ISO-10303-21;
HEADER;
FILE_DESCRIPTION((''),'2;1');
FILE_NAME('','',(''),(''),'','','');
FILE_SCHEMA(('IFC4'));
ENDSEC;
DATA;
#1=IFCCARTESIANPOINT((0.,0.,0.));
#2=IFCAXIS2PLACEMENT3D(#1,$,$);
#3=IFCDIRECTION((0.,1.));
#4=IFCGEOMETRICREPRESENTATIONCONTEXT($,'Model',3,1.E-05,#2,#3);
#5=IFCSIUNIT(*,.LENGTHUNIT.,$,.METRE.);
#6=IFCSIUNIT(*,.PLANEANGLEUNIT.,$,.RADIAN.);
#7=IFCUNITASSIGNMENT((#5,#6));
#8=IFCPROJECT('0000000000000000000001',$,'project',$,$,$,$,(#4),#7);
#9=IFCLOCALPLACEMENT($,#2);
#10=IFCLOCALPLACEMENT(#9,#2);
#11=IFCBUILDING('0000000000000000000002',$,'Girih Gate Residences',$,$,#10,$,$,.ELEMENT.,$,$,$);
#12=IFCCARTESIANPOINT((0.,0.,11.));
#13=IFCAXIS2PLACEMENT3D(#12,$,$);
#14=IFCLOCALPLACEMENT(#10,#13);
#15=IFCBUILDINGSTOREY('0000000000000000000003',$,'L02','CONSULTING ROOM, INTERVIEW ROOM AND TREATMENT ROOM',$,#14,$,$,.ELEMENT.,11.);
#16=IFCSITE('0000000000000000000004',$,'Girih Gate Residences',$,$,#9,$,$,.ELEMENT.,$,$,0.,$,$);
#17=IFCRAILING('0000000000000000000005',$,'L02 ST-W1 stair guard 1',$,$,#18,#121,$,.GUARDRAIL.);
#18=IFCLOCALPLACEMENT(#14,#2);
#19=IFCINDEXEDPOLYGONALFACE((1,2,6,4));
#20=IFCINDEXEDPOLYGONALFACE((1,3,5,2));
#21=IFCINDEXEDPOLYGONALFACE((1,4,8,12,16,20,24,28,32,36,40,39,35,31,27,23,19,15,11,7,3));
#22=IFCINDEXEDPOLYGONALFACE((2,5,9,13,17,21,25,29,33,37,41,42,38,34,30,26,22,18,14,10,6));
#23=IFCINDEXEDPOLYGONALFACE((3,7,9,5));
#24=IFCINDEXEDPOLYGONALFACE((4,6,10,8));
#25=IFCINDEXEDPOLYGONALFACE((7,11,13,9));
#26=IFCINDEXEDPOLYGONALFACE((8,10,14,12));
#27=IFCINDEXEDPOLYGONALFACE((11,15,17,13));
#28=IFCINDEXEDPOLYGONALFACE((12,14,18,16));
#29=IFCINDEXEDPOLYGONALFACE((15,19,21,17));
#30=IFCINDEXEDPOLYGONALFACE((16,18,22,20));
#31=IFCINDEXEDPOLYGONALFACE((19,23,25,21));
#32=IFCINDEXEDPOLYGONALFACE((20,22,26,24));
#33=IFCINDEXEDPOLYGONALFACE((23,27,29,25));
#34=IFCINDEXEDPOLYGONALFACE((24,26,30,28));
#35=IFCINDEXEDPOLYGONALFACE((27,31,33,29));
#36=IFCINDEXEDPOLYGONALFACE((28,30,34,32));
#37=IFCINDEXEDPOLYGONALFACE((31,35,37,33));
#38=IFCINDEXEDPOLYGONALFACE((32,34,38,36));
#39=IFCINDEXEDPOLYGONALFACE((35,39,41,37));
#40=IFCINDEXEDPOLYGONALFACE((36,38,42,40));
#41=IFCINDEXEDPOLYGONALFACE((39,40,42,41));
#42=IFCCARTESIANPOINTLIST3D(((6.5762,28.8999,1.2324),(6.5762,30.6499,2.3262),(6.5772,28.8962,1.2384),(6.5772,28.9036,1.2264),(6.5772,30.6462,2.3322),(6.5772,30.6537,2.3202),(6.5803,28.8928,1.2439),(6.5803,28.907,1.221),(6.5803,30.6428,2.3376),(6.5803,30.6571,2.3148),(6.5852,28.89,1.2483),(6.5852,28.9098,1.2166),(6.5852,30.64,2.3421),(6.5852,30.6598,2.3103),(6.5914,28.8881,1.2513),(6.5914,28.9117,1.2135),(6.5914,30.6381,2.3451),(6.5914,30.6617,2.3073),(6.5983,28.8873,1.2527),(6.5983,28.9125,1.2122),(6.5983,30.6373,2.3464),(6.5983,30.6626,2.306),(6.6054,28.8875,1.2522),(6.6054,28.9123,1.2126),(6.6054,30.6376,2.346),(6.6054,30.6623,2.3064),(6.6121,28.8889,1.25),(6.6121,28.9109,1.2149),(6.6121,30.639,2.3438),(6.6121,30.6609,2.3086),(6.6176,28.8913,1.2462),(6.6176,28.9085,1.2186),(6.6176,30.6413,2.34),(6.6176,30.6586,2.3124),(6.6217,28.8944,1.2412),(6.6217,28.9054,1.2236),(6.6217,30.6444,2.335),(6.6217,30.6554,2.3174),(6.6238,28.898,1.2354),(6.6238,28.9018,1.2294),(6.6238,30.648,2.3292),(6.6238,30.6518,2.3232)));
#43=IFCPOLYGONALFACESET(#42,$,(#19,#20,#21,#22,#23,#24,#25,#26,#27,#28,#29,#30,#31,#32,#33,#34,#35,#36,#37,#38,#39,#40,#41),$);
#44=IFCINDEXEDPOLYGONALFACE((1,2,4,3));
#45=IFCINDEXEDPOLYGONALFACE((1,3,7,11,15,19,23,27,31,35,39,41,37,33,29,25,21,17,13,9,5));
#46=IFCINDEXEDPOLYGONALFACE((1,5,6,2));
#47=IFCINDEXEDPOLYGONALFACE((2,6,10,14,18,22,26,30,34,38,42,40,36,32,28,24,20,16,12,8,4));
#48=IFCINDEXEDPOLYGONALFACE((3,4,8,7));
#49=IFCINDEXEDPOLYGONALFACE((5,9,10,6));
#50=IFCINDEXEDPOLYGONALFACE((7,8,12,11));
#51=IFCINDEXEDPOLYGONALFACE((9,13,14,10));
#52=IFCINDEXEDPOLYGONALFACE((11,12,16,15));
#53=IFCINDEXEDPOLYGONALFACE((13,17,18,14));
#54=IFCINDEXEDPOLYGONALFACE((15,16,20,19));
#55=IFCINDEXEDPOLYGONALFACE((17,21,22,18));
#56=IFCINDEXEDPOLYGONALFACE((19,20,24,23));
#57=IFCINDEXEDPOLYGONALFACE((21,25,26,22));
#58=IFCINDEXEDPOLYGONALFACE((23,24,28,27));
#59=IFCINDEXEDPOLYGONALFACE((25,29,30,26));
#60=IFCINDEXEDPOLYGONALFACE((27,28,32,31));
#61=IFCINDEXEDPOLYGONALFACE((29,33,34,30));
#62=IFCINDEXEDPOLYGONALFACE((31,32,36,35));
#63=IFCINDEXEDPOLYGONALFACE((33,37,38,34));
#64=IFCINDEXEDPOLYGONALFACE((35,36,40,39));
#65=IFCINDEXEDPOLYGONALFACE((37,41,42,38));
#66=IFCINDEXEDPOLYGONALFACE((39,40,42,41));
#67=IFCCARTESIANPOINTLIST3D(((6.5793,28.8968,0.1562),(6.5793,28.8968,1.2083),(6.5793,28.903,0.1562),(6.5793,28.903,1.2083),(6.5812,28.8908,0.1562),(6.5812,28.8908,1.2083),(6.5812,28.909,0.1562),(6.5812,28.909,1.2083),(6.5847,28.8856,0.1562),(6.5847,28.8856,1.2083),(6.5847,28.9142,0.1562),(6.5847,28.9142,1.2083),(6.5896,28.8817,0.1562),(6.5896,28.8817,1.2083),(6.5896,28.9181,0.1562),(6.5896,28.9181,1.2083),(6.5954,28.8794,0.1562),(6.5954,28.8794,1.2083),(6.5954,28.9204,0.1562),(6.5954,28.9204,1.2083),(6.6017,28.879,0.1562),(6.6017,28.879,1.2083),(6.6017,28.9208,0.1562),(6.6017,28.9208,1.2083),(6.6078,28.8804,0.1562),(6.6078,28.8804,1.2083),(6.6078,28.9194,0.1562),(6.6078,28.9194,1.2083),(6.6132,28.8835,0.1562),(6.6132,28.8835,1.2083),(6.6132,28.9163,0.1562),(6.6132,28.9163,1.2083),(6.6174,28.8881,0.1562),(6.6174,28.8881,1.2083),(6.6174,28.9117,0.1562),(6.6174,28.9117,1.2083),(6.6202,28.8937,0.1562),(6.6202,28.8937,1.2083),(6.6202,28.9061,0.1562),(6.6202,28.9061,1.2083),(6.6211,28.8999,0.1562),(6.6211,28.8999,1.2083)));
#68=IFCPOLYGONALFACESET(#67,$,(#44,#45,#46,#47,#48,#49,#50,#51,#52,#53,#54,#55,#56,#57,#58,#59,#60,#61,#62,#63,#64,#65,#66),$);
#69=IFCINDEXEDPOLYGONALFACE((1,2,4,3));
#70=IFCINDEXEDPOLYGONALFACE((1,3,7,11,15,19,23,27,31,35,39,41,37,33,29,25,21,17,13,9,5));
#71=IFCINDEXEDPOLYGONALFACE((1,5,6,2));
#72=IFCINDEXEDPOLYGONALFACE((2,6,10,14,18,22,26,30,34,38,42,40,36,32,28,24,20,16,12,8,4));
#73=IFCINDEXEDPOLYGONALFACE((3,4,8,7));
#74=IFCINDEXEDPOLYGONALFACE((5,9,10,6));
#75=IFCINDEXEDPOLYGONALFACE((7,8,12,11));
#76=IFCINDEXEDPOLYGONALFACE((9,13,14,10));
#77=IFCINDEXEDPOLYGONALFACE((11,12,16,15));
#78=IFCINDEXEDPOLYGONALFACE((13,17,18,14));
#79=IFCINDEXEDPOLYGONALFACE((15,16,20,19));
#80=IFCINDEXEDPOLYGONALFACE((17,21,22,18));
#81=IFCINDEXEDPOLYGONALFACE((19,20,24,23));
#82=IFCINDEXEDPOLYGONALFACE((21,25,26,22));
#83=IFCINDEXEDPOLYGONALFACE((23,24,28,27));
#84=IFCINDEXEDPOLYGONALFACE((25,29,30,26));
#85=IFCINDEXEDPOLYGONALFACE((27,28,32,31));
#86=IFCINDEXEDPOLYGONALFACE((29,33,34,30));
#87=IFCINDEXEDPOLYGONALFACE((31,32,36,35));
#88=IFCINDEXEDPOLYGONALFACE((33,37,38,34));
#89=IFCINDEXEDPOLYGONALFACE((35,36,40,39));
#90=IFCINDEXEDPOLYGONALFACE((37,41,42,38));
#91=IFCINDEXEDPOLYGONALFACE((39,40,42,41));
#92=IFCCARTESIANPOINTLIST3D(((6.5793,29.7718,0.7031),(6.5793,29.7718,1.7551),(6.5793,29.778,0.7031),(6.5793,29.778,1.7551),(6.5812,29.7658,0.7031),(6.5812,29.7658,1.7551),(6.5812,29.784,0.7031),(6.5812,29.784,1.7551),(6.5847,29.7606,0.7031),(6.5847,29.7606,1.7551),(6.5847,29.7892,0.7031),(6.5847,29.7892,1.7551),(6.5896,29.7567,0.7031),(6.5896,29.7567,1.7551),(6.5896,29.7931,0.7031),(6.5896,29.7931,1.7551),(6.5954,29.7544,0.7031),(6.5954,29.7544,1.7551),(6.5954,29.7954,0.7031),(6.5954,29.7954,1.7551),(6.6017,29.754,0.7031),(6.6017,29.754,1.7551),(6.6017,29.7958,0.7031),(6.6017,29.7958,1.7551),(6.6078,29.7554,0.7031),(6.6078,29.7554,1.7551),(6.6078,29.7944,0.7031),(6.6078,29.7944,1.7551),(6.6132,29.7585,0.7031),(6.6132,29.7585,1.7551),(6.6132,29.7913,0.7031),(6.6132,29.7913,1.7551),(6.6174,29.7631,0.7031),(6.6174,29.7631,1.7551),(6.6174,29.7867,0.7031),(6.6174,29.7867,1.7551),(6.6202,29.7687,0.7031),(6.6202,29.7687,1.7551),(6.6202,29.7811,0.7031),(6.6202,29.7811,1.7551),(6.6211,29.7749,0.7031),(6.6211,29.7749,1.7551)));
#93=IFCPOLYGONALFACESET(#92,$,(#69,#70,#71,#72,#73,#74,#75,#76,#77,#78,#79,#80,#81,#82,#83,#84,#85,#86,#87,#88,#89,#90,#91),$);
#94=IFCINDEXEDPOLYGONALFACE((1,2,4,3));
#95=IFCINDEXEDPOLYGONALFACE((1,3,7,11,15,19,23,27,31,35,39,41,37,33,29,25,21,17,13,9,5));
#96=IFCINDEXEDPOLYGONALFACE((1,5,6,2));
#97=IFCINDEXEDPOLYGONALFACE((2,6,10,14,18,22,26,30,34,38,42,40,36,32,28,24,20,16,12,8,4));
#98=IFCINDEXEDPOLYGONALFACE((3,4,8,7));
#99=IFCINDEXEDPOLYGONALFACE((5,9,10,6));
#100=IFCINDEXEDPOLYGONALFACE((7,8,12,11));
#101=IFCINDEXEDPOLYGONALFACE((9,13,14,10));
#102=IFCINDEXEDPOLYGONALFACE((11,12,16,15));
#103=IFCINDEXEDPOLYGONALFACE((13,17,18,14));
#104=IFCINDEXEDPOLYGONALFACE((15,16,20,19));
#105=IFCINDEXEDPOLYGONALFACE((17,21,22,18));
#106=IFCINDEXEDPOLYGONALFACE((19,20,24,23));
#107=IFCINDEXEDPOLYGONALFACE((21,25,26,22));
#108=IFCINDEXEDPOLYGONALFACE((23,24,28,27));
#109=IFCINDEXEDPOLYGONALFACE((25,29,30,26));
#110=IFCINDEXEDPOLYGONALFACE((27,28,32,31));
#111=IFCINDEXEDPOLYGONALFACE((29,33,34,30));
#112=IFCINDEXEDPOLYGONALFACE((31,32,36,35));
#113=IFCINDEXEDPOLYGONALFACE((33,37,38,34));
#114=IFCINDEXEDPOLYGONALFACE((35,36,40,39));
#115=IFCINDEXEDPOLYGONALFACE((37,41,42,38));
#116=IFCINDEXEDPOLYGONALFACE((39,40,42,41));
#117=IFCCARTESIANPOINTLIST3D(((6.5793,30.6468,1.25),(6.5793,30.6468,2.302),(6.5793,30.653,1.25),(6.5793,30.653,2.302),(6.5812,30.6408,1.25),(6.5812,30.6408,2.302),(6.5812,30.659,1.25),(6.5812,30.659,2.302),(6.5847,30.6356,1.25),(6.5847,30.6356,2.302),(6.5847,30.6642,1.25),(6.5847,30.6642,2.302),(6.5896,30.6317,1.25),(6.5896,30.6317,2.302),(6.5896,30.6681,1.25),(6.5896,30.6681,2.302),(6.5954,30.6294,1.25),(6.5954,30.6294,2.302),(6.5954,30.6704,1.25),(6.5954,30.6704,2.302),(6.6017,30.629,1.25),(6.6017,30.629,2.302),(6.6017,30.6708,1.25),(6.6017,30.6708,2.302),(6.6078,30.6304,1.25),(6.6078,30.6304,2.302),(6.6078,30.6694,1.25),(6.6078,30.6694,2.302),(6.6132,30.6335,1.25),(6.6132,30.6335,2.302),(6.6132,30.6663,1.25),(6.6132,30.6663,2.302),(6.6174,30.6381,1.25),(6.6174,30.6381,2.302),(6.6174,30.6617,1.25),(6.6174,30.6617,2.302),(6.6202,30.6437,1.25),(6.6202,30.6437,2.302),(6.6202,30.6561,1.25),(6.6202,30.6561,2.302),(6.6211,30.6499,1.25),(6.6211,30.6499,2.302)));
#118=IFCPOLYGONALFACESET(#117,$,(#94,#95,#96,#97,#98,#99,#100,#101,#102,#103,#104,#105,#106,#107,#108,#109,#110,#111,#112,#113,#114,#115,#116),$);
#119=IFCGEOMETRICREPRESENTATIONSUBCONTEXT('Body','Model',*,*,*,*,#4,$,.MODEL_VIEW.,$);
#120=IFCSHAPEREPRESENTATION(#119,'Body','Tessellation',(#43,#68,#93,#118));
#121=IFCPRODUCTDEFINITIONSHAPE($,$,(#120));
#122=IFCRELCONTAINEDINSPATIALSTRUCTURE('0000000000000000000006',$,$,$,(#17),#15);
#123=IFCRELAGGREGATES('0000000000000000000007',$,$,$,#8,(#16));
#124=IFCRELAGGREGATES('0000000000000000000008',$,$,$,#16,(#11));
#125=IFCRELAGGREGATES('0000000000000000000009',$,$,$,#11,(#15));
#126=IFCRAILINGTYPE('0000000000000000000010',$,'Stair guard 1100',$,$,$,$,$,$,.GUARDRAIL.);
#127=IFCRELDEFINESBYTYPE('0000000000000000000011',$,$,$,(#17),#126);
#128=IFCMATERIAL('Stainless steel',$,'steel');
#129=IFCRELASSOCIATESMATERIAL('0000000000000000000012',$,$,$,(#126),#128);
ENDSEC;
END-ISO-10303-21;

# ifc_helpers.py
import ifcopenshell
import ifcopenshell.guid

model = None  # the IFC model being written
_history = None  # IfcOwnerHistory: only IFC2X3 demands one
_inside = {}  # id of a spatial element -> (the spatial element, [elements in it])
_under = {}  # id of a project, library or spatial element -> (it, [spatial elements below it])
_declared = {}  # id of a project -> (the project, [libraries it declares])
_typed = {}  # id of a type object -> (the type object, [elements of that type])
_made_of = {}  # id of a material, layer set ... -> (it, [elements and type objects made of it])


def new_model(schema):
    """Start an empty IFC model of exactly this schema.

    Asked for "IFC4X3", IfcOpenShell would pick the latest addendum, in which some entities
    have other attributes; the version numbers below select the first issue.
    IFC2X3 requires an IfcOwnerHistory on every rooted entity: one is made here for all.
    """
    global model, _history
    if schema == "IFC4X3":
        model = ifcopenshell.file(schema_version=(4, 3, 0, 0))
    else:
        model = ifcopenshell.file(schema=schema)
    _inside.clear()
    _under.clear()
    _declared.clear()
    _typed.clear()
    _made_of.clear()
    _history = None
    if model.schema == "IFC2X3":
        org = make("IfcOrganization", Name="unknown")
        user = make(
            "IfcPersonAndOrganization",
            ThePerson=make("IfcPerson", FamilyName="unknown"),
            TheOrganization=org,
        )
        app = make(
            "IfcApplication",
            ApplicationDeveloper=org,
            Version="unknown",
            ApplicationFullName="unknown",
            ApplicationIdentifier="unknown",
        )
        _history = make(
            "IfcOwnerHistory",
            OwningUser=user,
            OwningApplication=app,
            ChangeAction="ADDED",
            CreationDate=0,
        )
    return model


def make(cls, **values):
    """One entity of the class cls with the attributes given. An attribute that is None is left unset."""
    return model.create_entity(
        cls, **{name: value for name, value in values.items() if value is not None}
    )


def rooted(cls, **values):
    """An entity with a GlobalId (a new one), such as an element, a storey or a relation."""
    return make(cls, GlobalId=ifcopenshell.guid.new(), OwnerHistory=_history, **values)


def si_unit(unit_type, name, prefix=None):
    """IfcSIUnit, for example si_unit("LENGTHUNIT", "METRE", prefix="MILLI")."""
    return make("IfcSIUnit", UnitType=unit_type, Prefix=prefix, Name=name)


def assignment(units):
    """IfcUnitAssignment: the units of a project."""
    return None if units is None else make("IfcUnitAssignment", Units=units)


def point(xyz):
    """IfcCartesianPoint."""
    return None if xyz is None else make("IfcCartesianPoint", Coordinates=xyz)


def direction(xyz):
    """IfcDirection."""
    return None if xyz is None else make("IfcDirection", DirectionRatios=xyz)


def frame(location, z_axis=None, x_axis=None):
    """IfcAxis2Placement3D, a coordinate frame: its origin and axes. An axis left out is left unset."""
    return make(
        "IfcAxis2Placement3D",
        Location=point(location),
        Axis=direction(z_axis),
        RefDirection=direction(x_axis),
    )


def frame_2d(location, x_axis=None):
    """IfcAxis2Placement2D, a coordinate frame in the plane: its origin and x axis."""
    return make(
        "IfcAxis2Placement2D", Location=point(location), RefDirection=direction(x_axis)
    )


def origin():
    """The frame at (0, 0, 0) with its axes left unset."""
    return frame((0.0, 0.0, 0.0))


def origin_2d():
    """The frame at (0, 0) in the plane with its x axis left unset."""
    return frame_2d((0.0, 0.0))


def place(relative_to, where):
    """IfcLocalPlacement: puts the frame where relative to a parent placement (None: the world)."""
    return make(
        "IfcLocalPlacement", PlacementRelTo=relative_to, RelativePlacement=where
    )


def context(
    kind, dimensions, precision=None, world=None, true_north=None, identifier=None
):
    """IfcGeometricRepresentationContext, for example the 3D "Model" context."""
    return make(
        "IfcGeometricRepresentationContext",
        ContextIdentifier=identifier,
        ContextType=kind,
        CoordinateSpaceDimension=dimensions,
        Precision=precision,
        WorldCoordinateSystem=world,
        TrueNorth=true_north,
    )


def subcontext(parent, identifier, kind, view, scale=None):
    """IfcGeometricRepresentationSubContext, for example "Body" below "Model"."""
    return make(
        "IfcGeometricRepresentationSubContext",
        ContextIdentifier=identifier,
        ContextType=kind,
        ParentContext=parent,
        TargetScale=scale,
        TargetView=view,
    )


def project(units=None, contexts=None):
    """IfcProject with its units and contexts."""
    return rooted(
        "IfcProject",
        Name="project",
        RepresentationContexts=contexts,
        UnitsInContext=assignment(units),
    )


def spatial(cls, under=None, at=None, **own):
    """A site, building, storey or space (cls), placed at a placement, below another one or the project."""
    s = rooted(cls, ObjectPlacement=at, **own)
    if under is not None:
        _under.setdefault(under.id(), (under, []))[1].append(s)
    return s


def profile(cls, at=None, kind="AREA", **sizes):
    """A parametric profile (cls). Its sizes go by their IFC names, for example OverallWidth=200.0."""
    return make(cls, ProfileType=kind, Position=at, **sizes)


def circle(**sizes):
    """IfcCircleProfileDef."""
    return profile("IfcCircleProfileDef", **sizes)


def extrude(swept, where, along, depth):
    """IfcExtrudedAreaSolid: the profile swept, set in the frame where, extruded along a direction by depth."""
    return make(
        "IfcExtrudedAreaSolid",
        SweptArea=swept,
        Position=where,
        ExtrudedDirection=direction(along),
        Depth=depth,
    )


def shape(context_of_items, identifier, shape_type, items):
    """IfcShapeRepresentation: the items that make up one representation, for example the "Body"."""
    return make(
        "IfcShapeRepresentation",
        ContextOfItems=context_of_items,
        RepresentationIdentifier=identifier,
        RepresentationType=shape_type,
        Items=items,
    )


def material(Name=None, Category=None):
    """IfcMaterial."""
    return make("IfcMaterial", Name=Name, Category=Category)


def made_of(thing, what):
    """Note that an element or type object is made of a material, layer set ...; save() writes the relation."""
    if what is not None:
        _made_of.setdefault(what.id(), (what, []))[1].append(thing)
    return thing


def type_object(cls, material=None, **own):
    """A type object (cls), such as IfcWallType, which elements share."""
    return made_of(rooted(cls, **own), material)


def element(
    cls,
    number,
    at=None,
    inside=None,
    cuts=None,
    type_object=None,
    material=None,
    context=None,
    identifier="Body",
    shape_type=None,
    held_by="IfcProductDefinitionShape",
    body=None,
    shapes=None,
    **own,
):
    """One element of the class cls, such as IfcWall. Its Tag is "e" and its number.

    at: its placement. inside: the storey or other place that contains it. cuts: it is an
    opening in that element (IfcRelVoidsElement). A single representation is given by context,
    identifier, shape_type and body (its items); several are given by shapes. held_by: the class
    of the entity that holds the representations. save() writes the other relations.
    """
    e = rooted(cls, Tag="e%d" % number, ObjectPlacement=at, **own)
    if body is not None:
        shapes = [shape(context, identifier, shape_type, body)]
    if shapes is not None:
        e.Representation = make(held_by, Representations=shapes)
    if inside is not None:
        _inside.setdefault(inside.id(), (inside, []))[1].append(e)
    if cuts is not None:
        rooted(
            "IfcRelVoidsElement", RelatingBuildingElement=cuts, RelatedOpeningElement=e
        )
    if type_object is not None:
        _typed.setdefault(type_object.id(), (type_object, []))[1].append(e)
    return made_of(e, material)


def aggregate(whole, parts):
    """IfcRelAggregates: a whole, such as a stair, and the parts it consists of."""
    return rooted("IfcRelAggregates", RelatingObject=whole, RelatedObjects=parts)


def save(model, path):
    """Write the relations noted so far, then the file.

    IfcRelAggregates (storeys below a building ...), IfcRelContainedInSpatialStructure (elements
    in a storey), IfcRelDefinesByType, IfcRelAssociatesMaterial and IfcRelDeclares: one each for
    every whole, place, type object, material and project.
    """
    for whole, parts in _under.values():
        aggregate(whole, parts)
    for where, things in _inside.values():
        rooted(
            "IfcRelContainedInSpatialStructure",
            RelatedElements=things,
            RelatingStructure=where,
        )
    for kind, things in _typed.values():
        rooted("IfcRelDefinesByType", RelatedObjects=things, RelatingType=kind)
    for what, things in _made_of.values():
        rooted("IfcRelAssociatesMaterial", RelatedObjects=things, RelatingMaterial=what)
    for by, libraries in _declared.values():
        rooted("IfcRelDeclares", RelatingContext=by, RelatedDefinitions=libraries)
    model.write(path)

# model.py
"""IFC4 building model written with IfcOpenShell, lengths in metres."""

from ifc_helpers import new_model, si_unit, direction, frame, origin, origin_2d, place, context, subcontext, project, spatial, circle, extrude, material, type_object, element, save


model = new_model("IFC4")

# Units and contexts
model_context = context("Model", 3, precision=1e-05, world=origin(), true_north=direction((0.0, 1.0)))
body_context = subcontext(model_context, "Body", "Model", "MODEL_VIEW")
ifc_project = project(units=[si_unit("LENGTHUNIT", "METRE"), si_unit("PLANEANGLEUNIT", "RADIAN")], contexts=[model_context])

# Site, building, storey
site_placement = place(None, origin())
site = spatial("IfcSite", under=ifc_project, at=site_placement, Name="Girih Gate Residences", CompositionType="ELEMENT", RefElevation=0.0)
building_placement = place(site_placement, origin())
building = spatial("IfcBuilding", under=site, at=building_placement, Name="Girih Gate Residences", CompositionType="ELEMENT")
storey_placement = place(building_placement, frame((0.0, 0.0, 11.0)))
storey = spatial("IfcBuildingStorey", under=building, at=storey_placement, Name="L02", Description="CONSULTING ROOM, INTERVIEW ROOM AND TREATMENT ROOM", CompositionType="ELEMENT", Elevation=11.0)

# Railing
ifc_material_1 = material(Name="Stainless steel", Category="steel")
railing_type_1 = type_object("IfcRailingType", Name="Stair guard 1100", PredefinedType="GUARDRAIL", material=ifc_material_1)
railing_1_placement = place(storey_placement, frame((6.6001, 28.8999, 0.1562)))
element("IfcRailing", 1, at=railing_1_placement, inside=storey, type_object=railing_type_1, Name="L02 ST-W1 stair guard 1", PredefinedType="GUARDRAIL", context=body_context, shape_type="SweptSolid", body=[
    extrude(circle(Radius=0.0239, at=origin_2d()), frame((0.0, 0.0, 1.0762), z_axis=(0.0, 0.847998, 0.529999), x_axis=(-1.0, 0.0, 0.0)), (0.0, 0.0, 1.0), 2.0637),
    extrude(circle(Radius=0.021, at=origin_2d()), origin(), (0.0, 0.0, 1.0), 1.052),
    extrude(circle(Radius=0.021, at=origin_2d()), frame((0.0, 0.875, 0.5469)), (0.0, 0.0, 1.0), 1.052),
    extrude(circle(Radius=0.021, at=origin_2d()), frame((0.0, 1.75, 1.0938)), (0.0, 0.0, 1.0), 1.052),
])

save(model, "model.ifc")
